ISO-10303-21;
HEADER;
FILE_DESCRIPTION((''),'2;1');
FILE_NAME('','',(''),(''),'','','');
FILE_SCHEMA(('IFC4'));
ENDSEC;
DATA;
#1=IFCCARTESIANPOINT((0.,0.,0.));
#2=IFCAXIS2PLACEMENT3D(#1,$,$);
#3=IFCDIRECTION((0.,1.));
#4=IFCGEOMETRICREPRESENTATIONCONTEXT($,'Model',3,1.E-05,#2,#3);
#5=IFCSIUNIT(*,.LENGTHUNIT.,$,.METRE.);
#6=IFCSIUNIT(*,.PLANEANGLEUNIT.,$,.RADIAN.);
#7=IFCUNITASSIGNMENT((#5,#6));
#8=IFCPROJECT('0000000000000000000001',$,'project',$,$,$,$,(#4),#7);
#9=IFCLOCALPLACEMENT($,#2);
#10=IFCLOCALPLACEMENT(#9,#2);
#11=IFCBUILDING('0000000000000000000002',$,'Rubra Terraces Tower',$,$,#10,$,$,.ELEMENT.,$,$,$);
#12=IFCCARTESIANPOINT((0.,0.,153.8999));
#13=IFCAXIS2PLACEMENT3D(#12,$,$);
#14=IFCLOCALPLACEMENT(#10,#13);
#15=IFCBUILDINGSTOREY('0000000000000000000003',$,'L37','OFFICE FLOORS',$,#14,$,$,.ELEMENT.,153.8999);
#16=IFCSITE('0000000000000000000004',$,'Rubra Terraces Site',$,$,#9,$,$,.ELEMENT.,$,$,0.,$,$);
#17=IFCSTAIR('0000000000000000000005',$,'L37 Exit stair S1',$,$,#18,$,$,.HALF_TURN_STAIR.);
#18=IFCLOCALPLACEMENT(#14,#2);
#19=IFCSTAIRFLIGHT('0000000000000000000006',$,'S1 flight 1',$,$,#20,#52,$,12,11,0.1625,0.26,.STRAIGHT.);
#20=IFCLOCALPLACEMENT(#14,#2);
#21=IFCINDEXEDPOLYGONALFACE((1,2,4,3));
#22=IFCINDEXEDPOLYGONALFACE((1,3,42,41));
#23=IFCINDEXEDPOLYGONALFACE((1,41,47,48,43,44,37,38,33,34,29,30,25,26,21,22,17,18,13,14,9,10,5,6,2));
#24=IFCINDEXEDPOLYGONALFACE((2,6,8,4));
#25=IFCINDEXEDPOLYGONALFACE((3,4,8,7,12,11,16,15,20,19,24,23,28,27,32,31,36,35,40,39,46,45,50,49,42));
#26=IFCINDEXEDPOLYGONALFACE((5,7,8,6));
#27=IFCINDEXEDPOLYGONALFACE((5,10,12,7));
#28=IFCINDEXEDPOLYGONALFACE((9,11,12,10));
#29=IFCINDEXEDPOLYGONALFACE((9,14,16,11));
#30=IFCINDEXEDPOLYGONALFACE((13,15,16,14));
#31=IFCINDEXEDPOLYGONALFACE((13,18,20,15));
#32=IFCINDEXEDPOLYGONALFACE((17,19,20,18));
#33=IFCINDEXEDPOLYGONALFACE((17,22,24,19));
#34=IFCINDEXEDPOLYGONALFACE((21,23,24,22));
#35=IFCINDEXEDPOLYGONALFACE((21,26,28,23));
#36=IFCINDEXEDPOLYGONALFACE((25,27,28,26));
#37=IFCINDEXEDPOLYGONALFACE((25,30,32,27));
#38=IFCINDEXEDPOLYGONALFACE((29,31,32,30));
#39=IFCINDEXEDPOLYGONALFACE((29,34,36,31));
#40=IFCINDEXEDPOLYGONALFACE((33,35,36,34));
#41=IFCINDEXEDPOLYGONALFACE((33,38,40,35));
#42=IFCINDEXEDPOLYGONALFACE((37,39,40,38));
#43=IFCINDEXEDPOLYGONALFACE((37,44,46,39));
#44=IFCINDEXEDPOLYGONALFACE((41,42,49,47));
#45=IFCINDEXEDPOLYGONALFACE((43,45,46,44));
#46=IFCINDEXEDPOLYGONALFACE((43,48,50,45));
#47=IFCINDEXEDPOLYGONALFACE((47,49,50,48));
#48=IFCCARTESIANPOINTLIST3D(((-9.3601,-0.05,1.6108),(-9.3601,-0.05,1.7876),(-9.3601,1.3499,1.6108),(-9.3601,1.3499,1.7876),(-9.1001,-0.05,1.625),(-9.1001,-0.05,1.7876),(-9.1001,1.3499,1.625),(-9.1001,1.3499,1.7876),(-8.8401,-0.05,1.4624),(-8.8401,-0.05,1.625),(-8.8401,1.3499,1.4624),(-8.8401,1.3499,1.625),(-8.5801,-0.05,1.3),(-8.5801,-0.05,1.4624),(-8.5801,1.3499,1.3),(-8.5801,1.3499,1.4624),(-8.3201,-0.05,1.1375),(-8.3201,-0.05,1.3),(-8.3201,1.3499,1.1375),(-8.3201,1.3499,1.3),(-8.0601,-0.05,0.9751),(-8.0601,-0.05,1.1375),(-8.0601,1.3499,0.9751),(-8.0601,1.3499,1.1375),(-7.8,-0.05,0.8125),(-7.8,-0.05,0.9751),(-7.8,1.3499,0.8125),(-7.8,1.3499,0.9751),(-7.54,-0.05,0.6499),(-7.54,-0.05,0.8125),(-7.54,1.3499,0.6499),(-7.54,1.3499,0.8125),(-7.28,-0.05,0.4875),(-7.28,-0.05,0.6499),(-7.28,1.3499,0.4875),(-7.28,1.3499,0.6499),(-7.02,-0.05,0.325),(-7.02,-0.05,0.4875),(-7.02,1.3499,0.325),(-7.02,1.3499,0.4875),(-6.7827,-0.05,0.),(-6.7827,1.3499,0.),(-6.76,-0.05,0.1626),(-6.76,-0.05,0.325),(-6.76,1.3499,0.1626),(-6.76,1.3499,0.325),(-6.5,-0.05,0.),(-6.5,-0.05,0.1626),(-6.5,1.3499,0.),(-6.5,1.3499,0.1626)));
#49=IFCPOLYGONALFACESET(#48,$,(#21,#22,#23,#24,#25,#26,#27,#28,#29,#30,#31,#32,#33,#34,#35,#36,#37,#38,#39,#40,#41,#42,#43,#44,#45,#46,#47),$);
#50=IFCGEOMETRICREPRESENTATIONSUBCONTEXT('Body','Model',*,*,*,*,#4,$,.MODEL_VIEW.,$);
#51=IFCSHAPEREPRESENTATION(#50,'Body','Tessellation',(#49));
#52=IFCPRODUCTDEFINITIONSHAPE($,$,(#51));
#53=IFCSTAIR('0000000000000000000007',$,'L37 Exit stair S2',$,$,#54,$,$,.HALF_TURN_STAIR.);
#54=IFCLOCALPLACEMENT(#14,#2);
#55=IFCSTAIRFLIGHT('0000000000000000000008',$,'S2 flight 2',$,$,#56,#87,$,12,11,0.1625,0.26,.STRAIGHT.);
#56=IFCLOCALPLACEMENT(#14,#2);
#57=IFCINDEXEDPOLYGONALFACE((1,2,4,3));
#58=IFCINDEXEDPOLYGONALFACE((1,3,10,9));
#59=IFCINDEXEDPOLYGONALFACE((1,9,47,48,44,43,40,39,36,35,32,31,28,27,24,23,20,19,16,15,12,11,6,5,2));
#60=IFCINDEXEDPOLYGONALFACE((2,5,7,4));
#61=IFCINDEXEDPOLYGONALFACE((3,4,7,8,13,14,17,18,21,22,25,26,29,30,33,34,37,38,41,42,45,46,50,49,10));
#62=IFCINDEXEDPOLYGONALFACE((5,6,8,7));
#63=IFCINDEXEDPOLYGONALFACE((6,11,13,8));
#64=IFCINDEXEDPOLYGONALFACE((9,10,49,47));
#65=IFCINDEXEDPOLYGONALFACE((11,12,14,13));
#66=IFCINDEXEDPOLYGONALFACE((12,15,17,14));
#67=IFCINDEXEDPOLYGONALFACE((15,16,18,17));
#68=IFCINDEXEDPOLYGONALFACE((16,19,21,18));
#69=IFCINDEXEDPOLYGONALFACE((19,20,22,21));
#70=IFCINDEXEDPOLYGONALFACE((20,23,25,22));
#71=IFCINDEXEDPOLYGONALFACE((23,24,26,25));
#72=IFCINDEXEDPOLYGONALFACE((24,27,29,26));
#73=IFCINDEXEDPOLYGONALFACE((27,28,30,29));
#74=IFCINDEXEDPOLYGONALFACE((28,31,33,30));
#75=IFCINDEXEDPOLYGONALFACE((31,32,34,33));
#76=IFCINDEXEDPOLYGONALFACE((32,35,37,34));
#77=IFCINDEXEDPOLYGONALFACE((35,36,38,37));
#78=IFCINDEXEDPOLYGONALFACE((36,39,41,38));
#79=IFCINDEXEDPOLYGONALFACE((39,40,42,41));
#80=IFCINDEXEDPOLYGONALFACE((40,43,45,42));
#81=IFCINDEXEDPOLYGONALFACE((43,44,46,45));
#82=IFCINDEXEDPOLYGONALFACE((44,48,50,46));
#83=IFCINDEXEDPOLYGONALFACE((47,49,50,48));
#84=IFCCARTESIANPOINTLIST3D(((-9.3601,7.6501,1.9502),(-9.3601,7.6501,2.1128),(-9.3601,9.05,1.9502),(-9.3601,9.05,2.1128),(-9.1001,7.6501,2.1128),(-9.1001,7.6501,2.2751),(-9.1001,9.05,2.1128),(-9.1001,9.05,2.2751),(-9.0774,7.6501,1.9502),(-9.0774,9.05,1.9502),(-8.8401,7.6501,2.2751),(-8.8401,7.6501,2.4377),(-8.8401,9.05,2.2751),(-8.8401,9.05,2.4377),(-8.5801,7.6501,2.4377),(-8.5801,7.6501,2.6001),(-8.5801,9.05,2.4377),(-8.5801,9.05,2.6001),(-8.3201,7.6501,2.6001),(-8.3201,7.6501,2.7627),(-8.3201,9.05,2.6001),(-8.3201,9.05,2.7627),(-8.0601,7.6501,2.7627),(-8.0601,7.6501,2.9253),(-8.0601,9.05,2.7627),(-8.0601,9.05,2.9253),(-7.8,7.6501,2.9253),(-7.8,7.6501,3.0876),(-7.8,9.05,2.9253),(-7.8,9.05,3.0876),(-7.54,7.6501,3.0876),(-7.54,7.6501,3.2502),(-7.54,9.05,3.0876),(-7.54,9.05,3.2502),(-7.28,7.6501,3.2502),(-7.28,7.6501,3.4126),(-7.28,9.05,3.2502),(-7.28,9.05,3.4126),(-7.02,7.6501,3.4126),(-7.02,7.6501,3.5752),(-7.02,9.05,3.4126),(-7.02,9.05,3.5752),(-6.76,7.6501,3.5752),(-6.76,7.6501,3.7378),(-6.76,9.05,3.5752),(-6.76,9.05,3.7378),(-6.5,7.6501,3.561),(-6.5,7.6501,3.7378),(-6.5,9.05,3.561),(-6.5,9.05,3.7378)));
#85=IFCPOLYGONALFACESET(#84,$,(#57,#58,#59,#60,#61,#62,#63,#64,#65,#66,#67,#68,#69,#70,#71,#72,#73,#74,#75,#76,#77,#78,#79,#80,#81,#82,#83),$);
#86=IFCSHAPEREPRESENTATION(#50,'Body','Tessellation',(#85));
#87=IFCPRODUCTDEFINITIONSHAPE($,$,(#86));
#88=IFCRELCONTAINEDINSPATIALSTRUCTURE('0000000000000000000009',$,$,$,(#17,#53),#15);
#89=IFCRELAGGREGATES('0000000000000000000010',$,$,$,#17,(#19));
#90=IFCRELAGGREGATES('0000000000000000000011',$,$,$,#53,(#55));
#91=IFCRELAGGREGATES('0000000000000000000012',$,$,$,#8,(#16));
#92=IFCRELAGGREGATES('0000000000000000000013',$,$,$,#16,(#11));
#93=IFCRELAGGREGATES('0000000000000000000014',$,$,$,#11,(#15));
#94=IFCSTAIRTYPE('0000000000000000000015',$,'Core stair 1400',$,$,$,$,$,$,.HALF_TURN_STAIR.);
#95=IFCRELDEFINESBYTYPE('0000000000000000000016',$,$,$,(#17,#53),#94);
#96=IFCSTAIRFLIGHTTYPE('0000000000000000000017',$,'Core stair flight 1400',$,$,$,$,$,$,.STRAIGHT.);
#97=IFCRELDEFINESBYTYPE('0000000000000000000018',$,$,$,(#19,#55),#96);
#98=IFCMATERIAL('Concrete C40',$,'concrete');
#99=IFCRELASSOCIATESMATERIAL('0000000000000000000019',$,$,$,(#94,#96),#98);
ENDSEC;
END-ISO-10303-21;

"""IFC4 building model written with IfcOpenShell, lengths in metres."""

from ifc_helpers import new_model, si_unit, direction, frame, origin, place, context, subcontext, project, spatial, polyline, outline, extrude, material, type_object, element, aggregate, save


model = new_model("IFC4")

# Units and contexts
model_context = context("Model", 3, precision=1e-05, world=origin(), true_north=direction((0.0, 1.0)))
body_context = subcontext(model_context, "Body", "Model", "MODEL_VIEW")
ifc_project = project(units=[si_unit("LENGTHUNIT", "METRE"), si_unit("PLANEANGLEUNIT", "RADIAN")], contexts=[model_context])

# Site, building, storey
site_placement = place(None, origin())
site = spatial("IfcSite", under=ifc_project, at=site_placement, Name="Rubra Terraces Site", CompositionType="ELEMENT", RefElevation=0.0)
building_placement = place(site_placement, origin())
building = spatial("IfcBuilding", under=site, at=building_placement, Name="Rubra Terraces Tower", CompositionType="ELEMENT")
storey_placement = place(building_placement, frame((0.0, 0.0, 153.8999)))
storey = spatial("IfcBuildingStorey", under=building, at=storey_placement, Name="L37", Description="OFFICE FLOORS", CompositionType="ELEMENT", Elevation=153.8999)

# Shared definitions
ifc_material_1 = material(Name="Concrete C40", Category="concrete")

# Stairs, stair flights
stair_type = type_object("IfcStairType", Name="Core stair 1400", PredefinedType="HALF_TURN_STAIR", material=ifc_material_1)
stair_1_placement = place(storey_placement, origin())
stair_1 = element("IfcStair", 1, at=stair_1_placement, inside=storey, type_object=stair_type, Name="L37 Exit stair S1", PredefinedType="HALF_TURN_STAIR")
stair_flight_type = type_object("IfcStairFlightType", Name="Core stair flight 1400", PredefinedType="STRAIGHT", material=ifc_material_1)
stair_flight_1_placement = place(storey_placement, frame((-6.5, 0.6499, 0.0), z_axis=(0.0, 0.0, 1.0), x_axis=(-1.0, 0.0, 0.0)))
stair_flight_1 = element("IfcStairFlight", 2, at=stair_flight_1_placement, type_object=stair_flight_type, Name="S1 flight 1", NumberOfRisers=12, NumberOfTreads=11, PredefinedType="STRAIGHT", RiserHeight=0.1625, TreadLength=0.26, context=body_context, shape_type="SweptSolid", body=[
    extrude(outline(polyline([(0.0, 0.0), (0.0, 0.1626), (0.26, 0.1626), (0.26, 0.325), (0.52, 0.325), (0.52, 0.4875), (0.78, 0.4875), (0.78, 0.6499), (1.04, 0.6499), (1.04, 0.8125), (1.3, 0.8125), (1.3, 0.9751), (1.5601, 0.9751), (1.5601, 1.1375), (1.8201, 1.1375), (1.8201, 1.3), (2.0801, 1.3), (2.0801, 1.4624), (2.3401, 1.4624), (2.3401, 1.625), (2.6001, 1.625), (2.6001, 1.7876), (2.8601, 1.7876), (2.8601, 1.95), (2.8601, 1.6108), (0.2827, 0.0), (0.0, 0.0)])), frame((0.0, 0.7, 0.0), z_axis=(0.0, -1.0, 0.0), x_axis=(1.0, 0.0, 0.0)), (0.0, 0.0, 1.0), 1.3999),
])
aggregate(stair_1, [stair_flight_1])
stair_2_placement = place(storey_placement, origin())
stair_2 = element("IfcStair", 3, at=stair_2_placement, inside=storey, type_object=stair_type, Name="L37 Exit stair S2", PredefinedType="HALF_TURN_STAIR")
stair_flight_2_placement = place(storey_placement, frame((-9.3601, 8.3501, 1.9502), z_axis=(0.0, 0.0, 1.0), x_axis=(1.0, 0.0, 0.0)))
stair_flight_2 = element("IfcStairFlight", 4, at=stair_flight_2_placement, type_object=stair_flight_type, Name="S2 flight 2", NumberOfRisers=12, NumberOfTreads=11, PredefinedType="STRAIGHT", RiserHeight=0.1625, TreadLength=0.26, context=body_context, shape_type="SweptSolid", body=[
    extrude(outline(polyline([(0.0, 0.0), (0.0, 0.1626), (0.26, 0.1626), (0.26, 0.325), (0.52, 0.325), (0.52, 0.4875), (0.78, 0.4875), (0.78, 0.6499), (1.04, 0.6499), (1.04, 0.8125), (1.3, 0.8125), (1.3, 0.9751), (1.5601, 0.9751), (1.5601, 1.1375), (1.8201, 1.1375), (1.8201, 1.3), (2.0801, 1.3), (2.0801, 1.4624), (2.3401, 1.4624), (2.3401, 1.625), (2.6001, 1.625), (2.6001, 1.7876), (2.8601, 1.7876), (2.8601, 1.95), (2.8601, 1.6108), (0.2827, 0.0), (0.0, 0.0)])), frame((0.0, 0.7, 0.0), z_axis=(0.0, -1.0, 0.0), x_axis=(1.0, 0.0, 0.0)), (0.0, 0.0, 1.0), 1.3999),
])
aggregate(stair_2, [stair_flight_2])

save(model, "model.ifc")
